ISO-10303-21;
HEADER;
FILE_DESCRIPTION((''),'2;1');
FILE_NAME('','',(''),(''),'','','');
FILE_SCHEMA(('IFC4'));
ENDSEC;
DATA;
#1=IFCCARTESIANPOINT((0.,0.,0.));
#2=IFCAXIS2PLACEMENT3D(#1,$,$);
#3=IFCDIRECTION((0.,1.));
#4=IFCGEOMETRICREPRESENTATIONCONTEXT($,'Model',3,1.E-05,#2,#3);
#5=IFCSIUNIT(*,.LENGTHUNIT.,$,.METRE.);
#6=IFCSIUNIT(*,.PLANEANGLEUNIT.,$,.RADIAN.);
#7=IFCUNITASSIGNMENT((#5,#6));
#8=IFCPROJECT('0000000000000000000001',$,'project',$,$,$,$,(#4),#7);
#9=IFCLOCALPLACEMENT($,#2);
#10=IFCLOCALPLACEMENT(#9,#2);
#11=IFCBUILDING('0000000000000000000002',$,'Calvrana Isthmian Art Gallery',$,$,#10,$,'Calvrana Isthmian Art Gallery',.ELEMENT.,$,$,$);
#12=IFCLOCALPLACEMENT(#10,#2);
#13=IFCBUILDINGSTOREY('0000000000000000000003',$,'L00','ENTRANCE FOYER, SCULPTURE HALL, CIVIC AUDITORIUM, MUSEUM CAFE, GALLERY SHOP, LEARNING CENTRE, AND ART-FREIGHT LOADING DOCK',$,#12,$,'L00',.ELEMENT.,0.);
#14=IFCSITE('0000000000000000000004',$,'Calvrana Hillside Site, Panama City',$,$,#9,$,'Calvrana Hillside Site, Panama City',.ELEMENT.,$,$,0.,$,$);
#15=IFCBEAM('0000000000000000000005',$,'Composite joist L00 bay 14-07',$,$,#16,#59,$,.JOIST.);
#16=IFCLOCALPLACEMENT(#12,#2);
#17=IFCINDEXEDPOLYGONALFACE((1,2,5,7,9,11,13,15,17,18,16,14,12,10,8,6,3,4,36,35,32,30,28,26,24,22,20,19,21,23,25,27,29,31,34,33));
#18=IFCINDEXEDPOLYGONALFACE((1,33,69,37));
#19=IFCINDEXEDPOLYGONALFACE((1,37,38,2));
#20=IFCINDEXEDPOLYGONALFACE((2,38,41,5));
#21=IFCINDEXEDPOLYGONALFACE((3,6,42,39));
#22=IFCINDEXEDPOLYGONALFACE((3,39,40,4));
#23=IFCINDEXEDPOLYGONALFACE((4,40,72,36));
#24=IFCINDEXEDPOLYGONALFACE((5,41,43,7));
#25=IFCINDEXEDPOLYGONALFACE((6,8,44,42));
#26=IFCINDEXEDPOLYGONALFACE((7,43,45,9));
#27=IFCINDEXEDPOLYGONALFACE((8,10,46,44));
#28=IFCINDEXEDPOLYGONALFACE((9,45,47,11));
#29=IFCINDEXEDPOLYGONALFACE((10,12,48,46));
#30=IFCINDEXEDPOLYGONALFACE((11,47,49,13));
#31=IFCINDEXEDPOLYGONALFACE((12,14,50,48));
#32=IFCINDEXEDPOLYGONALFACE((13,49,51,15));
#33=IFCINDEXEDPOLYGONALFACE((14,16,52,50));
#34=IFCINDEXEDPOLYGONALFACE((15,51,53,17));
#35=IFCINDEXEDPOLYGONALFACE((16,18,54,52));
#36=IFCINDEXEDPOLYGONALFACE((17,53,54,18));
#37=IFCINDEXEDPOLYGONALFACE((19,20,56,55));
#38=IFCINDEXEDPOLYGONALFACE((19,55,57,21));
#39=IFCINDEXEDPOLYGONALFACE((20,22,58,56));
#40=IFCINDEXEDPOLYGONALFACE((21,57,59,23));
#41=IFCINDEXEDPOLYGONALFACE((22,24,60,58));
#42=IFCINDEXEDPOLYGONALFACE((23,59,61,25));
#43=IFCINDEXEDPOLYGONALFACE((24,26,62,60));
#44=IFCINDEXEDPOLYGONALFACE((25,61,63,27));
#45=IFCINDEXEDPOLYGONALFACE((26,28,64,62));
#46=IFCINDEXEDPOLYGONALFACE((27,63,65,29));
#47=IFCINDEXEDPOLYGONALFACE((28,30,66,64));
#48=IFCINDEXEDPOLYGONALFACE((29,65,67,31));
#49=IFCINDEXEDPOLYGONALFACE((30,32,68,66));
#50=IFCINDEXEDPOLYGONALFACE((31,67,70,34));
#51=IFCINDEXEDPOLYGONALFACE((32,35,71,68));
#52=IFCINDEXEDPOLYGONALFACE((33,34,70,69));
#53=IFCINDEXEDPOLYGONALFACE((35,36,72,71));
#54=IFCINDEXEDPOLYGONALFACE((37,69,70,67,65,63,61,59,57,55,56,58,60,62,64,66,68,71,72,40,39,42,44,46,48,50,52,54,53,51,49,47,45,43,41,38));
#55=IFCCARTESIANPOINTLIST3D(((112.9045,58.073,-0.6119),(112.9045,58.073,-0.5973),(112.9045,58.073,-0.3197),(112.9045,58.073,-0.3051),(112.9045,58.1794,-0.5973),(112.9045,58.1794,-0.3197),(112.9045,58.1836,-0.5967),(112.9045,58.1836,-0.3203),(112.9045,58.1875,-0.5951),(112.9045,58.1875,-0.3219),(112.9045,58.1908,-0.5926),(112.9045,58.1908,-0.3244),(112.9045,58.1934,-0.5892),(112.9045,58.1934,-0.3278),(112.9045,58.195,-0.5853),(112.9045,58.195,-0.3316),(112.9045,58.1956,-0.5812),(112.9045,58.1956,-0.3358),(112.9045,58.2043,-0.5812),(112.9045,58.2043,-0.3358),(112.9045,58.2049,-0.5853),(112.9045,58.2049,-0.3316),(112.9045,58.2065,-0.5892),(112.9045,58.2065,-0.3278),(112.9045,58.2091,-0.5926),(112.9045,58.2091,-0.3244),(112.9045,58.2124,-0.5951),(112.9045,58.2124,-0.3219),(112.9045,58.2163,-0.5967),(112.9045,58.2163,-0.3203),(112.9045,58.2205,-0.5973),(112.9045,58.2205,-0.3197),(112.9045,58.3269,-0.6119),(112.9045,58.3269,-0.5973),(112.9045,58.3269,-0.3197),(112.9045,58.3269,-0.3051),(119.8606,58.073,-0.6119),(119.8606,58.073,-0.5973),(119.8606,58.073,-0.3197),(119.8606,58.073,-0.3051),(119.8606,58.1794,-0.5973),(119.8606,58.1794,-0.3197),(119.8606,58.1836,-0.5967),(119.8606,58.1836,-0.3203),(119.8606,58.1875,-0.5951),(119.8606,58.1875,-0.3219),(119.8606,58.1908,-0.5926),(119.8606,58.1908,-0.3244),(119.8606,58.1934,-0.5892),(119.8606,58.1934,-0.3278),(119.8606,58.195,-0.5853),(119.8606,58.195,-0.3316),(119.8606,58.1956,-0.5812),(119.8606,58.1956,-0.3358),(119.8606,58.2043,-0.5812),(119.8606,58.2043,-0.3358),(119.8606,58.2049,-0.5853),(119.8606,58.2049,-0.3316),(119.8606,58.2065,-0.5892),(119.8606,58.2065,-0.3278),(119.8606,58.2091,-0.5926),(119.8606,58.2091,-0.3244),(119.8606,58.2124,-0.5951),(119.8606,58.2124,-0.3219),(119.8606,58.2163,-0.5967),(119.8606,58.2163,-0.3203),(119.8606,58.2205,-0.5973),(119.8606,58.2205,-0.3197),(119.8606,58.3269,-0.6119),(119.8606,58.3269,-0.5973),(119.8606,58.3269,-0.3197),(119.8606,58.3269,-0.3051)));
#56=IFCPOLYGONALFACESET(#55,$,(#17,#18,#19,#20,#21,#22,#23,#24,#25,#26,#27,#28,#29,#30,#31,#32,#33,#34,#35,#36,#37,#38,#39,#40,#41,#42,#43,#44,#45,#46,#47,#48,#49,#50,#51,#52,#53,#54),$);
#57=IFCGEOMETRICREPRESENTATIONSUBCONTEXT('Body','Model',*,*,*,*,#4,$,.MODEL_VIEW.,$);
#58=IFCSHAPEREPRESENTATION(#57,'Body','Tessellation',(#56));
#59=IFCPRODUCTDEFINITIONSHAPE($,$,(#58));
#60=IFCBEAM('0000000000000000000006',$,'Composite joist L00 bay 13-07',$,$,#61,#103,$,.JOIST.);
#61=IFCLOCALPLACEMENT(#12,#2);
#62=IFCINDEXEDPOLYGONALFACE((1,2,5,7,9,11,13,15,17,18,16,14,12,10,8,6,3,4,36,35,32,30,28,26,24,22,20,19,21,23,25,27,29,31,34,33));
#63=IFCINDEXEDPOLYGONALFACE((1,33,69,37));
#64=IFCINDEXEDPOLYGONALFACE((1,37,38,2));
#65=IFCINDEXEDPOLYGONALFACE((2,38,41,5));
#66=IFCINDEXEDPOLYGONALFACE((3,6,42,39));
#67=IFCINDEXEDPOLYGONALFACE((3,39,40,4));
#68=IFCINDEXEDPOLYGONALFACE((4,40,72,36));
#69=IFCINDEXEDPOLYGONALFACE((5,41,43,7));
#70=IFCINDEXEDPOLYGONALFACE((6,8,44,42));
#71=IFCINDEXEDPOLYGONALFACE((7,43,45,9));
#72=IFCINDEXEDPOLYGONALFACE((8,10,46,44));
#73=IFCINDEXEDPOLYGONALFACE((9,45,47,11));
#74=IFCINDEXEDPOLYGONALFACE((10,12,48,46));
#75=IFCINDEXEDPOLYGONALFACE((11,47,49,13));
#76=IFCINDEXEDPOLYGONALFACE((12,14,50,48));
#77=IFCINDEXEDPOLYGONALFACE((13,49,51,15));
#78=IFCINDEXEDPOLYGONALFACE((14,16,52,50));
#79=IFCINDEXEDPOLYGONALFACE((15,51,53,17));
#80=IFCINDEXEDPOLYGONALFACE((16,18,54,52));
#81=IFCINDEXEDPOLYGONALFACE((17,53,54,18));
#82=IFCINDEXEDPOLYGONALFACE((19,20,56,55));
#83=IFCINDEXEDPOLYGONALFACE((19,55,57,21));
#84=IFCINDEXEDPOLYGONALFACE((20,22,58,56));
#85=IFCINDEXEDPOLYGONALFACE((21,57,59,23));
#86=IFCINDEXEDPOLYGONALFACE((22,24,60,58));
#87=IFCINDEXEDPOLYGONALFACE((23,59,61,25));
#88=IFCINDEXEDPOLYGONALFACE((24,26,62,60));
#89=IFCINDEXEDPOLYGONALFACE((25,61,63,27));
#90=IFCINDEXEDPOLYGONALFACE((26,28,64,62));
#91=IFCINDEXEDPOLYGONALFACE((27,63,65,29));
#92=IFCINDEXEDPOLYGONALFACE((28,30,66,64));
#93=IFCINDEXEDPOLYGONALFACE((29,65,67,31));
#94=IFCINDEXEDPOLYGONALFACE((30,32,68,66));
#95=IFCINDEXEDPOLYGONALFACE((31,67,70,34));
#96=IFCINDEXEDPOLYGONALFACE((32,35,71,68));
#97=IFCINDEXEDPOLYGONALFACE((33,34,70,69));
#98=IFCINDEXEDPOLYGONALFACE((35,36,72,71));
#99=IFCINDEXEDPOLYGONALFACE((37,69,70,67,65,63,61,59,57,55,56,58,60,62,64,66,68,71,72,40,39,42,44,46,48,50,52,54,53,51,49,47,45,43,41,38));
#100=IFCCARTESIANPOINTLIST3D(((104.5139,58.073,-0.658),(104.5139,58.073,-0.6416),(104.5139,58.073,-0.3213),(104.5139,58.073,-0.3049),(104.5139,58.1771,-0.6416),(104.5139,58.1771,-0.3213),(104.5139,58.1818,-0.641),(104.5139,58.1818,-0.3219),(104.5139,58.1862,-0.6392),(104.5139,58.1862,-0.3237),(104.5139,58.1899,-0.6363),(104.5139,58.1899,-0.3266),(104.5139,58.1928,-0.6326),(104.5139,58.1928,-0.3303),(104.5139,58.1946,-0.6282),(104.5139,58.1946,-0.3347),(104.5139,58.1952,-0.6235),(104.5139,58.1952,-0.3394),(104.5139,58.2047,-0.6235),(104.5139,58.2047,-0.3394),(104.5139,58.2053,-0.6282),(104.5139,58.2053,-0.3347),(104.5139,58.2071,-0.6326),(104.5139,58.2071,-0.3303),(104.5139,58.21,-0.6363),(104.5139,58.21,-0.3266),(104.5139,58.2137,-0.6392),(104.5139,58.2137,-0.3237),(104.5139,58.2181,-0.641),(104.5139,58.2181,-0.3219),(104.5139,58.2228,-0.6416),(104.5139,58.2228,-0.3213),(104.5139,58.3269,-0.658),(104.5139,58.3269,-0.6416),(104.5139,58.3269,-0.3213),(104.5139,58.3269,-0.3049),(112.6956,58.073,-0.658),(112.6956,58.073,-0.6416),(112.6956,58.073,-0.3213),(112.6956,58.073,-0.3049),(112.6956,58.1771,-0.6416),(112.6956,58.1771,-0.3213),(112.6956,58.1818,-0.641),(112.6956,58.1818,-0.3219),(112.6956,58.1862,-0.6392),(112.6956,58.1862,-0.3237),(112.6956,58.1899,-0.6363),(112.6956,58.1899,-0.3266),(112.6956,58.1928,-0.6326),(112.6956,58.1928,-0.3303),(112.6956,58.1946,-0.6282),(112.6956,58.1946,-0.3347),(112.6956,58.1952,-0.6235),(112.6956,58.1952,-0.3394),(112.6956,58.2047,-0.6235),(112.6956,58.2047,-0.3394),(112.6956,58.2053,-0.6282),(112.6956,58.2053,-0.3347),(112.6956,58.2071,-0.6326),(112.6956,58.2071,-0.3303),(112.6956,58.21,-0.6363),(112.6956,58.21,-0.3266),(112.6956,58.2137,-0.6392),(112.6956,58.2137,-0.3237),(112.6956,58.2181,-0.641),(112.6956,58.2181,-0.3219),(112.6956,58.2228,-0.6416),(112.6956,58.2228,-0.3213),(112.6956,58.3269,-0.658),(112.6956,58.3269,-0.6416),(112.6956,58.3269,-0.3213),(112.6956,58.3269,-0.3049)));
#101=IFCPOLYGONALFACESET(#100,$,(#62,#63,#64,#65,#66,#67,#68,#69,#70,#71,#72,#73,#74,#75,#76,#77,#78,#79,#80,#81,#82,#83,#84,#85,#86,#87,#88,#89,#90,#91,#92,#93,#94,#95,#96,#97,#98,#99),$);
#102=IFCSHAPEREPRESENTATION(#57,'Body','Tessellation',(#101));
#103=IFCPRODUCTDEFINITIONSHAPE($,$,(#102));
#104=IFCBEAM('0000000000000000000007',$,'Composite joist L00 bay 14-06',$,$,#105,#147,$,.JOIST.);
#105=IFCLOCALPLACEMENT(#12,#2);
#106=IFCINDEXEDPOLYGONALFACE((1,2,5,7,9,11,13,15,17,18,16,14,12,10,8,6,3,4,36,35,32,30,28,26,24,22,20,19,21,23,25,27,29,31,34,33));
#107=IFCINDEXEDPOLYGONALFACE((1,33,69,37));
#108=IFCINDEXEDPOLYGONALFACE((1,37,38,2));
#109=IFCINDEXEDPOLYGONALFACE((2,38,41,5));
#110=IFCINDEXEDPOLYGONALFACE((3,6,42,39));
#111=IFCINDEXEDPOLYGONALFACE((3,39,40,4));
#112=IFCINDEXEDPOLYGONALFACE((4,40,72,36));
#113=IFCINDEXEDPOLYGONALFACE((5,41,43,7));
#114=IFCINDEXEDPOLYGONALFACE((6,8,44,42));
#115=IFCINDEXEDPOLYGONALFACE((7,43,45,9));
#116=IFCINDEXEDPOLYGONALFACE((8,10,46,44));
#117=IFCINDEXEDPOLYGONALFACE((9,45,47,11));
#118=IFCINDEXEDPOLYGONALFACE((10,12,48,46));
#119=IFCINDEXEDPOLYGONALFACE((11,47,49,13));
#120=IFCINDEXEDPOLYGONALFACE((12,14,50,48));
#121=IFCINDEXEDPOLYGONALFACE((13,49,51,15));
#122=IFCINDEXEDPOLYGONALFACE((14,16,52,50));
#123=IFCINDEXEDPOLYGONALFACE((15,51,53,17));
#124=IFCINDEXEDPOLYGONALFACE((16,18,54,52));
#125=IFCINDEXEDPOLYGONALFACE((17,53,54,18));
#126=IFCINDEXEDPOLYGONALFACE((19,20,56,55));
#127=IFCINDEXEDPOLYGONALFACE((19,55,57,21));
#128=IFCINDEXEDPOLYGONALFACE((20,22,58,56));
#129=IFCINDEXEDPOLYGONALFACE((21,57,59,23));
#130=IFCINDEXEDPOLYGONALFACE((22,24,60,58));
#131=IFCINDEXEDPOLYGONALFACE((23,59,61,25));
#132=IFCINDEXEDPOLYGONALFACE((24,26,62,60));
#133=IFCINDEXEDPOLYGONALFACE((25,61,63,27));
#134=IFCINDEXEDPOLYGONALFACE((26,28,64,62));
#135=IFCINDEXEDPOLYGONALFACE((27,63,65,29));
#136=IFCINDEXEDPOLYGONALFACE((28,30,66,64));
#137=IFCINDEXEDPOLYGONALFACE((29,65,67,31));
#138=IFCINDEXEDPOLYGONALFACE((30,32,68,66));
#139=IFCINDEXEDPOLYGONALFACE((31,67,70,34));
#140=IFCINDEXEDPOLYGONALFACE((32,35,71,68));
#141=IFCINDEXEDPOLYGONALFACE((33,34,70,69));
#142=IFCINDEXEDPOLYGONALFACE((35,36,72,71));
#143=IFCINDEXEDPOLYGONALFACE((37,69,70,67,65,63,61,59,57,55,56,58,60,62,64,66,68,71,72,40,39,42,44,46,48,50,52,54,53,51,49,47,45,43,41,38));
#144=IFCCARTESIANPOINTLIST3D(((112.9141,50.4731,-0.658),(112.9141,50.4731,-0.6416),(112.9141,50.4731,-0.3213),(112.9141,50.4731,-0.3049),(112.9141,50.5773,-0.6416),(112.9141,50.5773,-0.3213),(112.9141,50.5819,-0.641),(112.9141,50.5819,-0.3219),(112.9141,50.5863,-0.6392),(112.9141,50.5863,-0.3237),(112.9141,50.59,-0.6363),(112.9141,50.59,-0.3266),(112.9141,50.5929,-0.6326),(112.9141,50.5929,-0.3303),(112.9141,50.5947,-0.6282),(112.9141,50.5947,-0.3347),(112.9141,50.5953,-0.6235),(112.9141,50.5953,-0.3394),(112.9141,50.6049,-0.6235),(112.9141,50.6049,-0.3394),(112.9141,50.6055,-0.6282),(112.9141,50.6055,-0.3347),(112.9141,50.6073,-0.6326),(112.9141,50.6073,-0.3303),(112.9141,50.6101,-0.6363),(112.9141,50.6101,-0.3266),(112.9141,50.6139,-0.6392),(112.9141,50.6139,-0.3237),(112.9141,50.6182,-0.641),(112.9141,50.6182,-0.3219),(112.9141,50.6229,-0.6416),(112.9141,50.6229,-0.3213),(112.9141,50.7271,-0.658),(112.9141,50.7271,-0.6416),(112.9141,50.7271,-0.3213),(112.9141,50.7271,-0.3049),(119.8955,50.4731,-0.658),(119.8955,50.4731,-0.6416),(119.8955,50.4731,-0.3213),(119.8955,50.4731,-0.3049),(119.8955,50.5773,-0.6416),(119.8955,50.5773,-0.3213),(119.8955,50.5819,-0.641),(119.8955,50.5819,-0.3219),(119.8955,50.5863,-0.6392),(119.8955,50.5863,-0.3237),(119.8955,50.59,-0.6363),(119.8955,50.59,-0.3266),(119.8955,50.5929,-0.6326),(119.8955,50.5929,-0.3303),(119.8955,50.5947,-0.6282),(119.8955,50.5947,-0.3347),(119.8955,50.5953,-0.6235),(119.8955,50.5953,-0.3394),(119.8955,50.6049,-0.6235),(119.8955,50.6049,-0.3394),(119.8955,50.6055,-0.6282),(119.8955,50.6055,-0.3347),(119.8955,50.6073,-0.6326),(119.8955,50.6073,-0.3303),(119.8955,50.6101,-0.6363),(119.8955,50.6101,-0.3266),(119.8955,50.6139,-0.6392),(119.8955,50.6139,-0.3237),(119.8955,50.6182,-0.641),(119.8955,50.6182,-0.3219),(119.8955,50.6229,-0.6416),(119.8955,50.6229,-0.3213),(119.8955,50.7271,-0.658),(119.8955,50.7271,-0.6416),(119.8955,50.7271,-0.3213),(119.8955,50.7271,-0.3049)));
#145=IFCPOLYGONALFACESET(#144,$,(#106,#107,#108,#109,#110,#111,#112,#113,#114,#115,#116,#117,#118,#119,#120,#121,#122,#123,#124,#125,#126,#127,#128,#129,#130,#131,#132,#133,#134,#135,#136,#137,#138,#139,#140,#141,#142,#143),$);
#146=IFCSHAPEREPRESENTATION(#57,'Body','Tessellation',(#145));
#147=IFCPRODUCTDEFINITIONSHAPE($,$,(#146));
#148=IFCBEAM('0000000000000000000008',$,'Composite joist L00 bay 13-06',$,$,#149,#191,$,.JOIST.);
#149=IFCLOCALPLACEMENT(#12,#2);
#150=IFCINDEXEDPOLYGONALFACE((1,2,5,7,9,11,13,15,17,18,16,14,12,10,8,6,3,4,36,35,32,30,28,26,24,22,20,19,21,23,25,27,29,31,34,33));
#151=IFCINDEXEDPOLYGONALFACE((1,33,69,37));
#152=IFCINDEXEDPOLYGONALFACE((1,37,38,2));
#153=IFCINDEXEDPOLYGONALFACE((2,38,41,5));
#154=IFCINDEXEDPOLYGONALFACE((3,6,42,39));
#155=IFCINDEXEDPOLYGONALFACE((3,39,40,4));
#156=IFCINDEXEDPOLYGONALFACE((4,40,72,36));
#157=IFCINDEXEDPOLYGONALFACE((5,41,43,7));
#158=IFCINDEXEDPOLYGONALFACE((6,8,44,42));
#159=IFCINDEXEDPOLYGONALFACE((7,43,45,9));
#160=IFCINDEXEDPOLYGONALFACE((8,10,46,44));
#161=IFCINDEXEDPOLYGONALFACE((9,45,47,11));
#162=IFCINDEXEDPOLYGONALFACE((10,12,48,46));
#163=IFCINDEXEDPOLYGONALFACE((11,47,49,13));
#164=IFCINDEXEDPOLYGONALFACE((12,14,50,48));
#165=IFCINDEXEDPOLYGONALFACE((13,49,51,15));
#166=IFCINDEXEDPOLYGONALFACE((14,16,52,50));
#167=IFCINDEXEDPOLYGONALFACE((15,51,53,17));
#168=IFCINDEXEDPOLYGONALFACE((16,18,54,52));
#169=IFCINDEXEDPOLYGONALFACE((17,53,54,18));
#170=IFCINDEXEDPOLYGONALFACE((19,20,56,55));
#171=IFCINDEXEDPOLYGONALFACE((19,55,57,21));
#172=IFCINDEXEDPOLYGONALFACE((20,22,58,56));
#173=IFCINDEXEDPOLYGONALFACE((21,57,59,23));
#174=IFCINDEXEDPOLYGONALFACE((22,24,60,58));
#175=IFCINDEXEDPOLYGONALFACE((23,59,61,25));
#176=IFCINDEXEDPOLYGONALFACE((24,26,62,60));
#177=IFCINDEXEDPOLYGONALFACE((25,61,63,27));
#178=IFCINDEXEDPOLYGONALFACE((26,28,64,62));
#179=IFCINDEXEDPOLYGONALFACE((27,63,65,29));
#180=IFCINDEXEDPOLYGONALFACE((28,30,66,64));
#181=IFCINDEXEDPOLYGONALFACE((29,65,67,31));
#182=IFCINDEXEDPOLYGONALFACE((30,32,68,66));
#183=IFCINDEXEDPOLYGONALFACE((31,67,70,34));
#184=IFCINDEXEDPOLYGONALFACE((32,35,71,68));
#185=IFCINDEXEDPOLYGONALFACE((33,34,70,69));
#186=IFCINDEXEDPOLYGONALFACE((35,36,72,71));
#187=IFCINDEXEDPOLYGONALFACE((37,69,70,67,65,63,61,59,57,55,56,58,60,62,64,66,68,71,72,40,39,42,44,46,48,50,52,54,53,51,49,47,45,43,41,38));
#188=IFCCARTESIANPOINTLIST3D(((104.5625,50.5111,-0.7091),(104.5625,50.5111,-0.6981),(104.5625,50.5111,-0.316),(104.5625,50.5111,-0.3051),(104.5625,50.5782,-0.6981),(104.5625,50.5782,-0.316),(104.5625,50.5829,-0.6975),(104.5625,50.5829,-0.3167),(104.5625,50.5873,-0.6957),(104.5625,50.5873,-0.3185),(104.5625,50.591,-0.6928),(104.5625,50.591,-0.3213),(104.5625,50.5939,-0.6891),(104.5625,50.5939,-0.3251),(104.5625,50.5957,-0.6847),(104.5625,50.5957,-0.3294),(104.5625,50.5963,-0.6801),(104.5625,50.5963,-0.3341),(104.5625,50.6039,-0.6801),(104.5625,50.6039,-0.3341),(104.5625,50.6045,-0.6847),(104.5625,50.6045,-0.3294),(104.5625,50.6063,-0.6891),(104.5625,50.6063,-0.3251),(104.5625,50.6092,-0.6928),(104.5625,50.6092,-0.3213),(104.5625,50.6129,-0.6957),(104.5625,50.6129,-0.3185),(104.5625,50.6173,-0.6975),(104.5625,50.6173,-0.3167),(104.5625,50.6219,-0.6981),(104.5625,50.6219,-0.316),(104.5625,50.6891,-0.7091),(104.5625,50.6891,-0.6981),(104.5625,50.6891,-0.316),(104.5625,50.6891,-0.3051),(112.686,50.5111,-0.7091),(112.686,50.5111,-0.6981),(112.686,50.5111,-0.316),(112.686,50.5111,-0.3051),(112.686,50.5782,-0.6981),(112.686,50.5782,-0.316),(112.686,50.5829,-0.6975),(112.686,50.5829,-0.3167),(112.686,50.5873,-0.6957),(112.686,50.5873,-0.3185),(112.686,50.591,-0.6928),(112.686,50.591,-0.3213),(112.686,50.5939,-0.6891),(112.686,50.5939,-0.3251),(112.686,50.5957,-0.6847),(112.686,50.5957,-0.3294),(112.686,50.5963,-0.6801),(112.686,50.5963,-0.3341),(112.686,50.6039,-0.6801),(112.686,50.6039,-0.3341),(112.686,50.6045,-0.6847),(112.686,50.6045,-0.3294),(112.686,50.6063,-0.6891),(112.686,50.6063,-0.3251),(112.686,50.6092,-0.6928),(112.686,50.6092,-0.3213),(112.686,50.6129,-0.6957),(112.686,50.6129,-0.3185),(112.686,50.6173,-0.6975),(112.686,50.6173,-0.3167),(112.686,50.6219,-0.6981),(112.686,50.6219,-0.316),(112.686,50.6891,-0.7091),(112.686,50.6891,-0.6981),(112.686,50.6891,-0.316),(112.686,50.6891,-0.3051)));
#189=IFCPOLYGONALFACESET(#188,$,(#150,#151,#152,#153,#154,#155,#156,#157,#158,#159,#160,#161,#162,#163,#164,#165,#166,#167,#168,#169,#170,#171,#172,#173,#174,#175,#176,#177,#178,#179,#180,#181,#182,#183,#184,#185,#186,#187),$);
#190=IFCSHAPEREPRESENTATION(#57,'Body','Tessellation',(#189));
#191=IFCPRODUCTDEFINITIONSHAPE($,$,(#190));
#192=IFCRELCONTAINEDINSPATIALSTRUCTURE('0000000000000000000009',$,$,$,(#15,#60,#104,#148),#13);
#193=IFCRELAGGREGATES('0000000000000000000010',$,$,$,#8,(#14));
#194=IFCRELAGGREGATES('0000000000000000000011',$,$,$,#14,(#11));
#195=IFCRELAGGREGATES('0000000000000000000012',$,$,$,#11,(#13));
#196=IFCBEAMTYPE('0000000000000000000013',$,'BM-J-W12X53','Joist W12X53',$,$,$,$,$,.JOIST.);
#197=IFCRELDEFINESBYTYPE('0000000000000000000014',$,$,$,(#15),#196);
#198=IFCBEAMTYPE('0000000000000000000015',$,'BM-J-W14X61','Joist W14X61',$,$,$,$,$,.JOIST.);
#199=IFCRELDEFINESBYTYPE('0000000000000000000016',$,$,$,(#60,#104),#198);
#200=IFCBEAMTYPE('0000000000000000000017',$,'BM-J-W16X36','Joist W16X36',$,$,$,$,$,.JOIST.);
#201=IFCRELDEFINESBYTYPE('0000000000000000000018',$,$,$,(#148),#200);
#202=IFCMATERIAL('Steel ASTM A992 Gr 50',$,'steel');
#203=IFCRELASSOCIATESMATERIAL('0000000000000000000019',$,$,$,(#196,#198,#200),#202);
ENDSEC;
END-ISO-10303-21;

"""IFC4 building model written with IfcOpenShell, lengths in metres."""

from ifc_helpers import new_model, si_unit, direction, frame, origin, origin_2d, place, context, subcontext, project, spatial, i_section, extrude, material, material_profile, profile_set, type_object, element, save


model = new_model("IFC4")

# Units and contexts
model_context = context("Model", 3, precision=1e-05, world=origin(), true_north=direction((0.0, 1.0)))
body_context = subcontext(model_context, "Body", "Model", "MODEL_VIEW")
ifc_project = project(units=[si_unit("LENGTHUNIT", "METRE"), si_unit("PLANEANGLEUNIT", "RADIAN")], contexts=[model_context])

# Site, building, storey
site_placement = place(None, origin())
site = spatial("IfcSite", under=ifc_project, at=site_placement, Name="Calvrana Hillside Site, Panama City", LongName="Calvrana Hillside Site, Panama City", CompositionType="ELEMENT", RefElevation=0.0)
building_placement = place(site_placement, origin())
building = spatial("IfcBuilding", under=site, at=building_placement, Name="Calvrana Isthmian Art Gallery", LongName="Calvrana Isthmian Art Gallery", CompositionType="ELEMENT")
storey_placement = place(building_placement, origin())
storey = spatial("IfcBuildingStorey", under=building, at=storey_placement, Name="L00", Description="ENTRANCE FOYER, SCULPTURE HALL, CIVIC AUDITORIUM, MUSEUM CAFE, GALLERY SHOP, LEARNING CENTRE, AND ART-FREIGHT LOADING DOCK", LongName="L00", CompositionType="ELEMENT", Elevation=0.0)

# Shared definitions
ifc_material_1 = material(Name="Steel ASTM A992 Gr 50", Category="steel")

# Beams
ifc_material_profile_1 = material_profile(ifc_material_1, i_section(OverallWidth=0.2539, OverallDepth=0.3069, WebThickness=0.0088, FlangeThickness=0.0146, FilletRadius=0.0161, at=origin_2d()), Name="W12X53")
ifc_profile_set_1 = profile_set([ifc_material_profile_1], Name="Steel ASTM A992 Gr 50")
beam_type_1 = type_object("IfcBeamType", Name="BM-J-W12X53", Description="Joist W12X53", PredefinedType="JOIST", material=ifc_profile_set_1)
beam_1_placement = place(storey_placement, frame((112.9045, 58.2, -0.4585), z_axis=(1.0, 0.0, 0.0), x_axis=(0.0, 1.0, 0.0)))
element("IfcBeam", 1, at=beam_1_placement, inside=storey, type_object=beam_type_1, Name="Composite joist L00 bay 14-07", PredefinedType="JOIST", context=body_context, shape_type="SweptSolid", body=[
    extrude(i_section(OverallWidth=0.2539, OverallDepth=0.3069, WebThickness=0.0088, FlangeThickness=0.0146, FilletRadius=0.0161, at=origin_2d()), origin(), (0.0, 0.0, 1.0), 6.9561),
])
ifc_material_profile_2 = material_profile(ifc_material_1, i_section(OverallWidth=0.2539, OverallDepth=0.353, WebThickness=0.0095, FlangeThickness=0.0164, FilletRadius=0.0181, at=origin_2d()), Name="W14X61")
ifc_profile_set_2 = profile_set([ifc_material_profile_2], Name="Steel ASTM A992 Gr 50")
beam_type_2 = type_object("IfcBeamType", Name="BM-J-W14X61", Description="Joist W14X61", PredefinedType="JOIST", material=ifc_profile_set_2)
beam_2_placement = place(storey_placement, frame((104.5139, 58.2, -0.4814), z_axis=(1.0, 0.0, 0.0), x_axis=(0.0, 1.0, 0.0)))
element("IfcBeam", 2, at=beam_2_placement, inside=storey, type_object=beam_type_2, Name="Composite joist L00 bay 13-07", PredefinedType="JOIST", context=body_context, shape_type="SweptSolid", body=[
    extrude(i_section(OverallWidth=0.2539, OverallDepth=0.353, WebThickness=0.0095, FlangeThickness=0.0164, FilletRadius=0.0181, at=origin_2d()), origin(), (0.0, 0.0, 1.0), 8.1816),
])
beam_3_placement = place(storey_placement, frame((112.9141, 50.6001, -0.4814), z_axis=(1.0, 0.0, 0.0), x_axis=(0.0, 1.0, 0.0)))
element("IfcBeam", 3, at=beam_3_placement, inside=storey, type_object=beam_type_2, Name="Composite joist L00 bay 14-06", PredefinedType="JOIST", context=body_context, shape_type="SweptSolid", body=[
    extrude(i_section(OverallWidth=0.2539, OverallDepth=0.353, WebThickness=0.0095, FlangeThickness=0.0164, FilletRadius=0.0181, at=origin_2d()), origin(), (0.0, 0.0, 1.0), 6.9814),
])
ifc_material_profile_3 = material_profile(ifc_material_1, i_section(OverallWidth=0.178, OverallDepth=0.4041, WebThickness=0.0076, FlangeThickness=0.011, FilletRadius=0.0181, at=origin_2d()), Name="W16X36")
ifc_profile_set_3 = profile_set([ifc_material_profile_3], Name="Steel ASTM A992 Gr 50")
beam_type_3 = type_object("IfcBeamType", Name="BM-J-W16X36", Description="Joist W16X36", PredefinedType="JOIST", material=ifc_profile_set_3)
beam_4_placement = place(storey_placement, frame((104.5625, 50.6001, -0.5071), z_axis=(1.0, 0.0, 0.0), x_axis=(0.0, 1.0, 0.0)))
element("IfcBeam", 4, at=beam_4_placement, inside=storey, type_object=beam_type_3, Name="Composite joist L00 bay 13-06", PredefinedType="JOIST", context=body_context, shape_type="SweptSolid", body=[
    extrude(i_section(OverallWidth=0.178, OverallDepth=0.4041, WebThickness=0.0076, FlangeThickness=0.011, FilletRadius=0.0181, at=origin_2d()), origin(), (0.0, 0.0, 1.0), 8.1235),
])

save(model, "model.ifc")
